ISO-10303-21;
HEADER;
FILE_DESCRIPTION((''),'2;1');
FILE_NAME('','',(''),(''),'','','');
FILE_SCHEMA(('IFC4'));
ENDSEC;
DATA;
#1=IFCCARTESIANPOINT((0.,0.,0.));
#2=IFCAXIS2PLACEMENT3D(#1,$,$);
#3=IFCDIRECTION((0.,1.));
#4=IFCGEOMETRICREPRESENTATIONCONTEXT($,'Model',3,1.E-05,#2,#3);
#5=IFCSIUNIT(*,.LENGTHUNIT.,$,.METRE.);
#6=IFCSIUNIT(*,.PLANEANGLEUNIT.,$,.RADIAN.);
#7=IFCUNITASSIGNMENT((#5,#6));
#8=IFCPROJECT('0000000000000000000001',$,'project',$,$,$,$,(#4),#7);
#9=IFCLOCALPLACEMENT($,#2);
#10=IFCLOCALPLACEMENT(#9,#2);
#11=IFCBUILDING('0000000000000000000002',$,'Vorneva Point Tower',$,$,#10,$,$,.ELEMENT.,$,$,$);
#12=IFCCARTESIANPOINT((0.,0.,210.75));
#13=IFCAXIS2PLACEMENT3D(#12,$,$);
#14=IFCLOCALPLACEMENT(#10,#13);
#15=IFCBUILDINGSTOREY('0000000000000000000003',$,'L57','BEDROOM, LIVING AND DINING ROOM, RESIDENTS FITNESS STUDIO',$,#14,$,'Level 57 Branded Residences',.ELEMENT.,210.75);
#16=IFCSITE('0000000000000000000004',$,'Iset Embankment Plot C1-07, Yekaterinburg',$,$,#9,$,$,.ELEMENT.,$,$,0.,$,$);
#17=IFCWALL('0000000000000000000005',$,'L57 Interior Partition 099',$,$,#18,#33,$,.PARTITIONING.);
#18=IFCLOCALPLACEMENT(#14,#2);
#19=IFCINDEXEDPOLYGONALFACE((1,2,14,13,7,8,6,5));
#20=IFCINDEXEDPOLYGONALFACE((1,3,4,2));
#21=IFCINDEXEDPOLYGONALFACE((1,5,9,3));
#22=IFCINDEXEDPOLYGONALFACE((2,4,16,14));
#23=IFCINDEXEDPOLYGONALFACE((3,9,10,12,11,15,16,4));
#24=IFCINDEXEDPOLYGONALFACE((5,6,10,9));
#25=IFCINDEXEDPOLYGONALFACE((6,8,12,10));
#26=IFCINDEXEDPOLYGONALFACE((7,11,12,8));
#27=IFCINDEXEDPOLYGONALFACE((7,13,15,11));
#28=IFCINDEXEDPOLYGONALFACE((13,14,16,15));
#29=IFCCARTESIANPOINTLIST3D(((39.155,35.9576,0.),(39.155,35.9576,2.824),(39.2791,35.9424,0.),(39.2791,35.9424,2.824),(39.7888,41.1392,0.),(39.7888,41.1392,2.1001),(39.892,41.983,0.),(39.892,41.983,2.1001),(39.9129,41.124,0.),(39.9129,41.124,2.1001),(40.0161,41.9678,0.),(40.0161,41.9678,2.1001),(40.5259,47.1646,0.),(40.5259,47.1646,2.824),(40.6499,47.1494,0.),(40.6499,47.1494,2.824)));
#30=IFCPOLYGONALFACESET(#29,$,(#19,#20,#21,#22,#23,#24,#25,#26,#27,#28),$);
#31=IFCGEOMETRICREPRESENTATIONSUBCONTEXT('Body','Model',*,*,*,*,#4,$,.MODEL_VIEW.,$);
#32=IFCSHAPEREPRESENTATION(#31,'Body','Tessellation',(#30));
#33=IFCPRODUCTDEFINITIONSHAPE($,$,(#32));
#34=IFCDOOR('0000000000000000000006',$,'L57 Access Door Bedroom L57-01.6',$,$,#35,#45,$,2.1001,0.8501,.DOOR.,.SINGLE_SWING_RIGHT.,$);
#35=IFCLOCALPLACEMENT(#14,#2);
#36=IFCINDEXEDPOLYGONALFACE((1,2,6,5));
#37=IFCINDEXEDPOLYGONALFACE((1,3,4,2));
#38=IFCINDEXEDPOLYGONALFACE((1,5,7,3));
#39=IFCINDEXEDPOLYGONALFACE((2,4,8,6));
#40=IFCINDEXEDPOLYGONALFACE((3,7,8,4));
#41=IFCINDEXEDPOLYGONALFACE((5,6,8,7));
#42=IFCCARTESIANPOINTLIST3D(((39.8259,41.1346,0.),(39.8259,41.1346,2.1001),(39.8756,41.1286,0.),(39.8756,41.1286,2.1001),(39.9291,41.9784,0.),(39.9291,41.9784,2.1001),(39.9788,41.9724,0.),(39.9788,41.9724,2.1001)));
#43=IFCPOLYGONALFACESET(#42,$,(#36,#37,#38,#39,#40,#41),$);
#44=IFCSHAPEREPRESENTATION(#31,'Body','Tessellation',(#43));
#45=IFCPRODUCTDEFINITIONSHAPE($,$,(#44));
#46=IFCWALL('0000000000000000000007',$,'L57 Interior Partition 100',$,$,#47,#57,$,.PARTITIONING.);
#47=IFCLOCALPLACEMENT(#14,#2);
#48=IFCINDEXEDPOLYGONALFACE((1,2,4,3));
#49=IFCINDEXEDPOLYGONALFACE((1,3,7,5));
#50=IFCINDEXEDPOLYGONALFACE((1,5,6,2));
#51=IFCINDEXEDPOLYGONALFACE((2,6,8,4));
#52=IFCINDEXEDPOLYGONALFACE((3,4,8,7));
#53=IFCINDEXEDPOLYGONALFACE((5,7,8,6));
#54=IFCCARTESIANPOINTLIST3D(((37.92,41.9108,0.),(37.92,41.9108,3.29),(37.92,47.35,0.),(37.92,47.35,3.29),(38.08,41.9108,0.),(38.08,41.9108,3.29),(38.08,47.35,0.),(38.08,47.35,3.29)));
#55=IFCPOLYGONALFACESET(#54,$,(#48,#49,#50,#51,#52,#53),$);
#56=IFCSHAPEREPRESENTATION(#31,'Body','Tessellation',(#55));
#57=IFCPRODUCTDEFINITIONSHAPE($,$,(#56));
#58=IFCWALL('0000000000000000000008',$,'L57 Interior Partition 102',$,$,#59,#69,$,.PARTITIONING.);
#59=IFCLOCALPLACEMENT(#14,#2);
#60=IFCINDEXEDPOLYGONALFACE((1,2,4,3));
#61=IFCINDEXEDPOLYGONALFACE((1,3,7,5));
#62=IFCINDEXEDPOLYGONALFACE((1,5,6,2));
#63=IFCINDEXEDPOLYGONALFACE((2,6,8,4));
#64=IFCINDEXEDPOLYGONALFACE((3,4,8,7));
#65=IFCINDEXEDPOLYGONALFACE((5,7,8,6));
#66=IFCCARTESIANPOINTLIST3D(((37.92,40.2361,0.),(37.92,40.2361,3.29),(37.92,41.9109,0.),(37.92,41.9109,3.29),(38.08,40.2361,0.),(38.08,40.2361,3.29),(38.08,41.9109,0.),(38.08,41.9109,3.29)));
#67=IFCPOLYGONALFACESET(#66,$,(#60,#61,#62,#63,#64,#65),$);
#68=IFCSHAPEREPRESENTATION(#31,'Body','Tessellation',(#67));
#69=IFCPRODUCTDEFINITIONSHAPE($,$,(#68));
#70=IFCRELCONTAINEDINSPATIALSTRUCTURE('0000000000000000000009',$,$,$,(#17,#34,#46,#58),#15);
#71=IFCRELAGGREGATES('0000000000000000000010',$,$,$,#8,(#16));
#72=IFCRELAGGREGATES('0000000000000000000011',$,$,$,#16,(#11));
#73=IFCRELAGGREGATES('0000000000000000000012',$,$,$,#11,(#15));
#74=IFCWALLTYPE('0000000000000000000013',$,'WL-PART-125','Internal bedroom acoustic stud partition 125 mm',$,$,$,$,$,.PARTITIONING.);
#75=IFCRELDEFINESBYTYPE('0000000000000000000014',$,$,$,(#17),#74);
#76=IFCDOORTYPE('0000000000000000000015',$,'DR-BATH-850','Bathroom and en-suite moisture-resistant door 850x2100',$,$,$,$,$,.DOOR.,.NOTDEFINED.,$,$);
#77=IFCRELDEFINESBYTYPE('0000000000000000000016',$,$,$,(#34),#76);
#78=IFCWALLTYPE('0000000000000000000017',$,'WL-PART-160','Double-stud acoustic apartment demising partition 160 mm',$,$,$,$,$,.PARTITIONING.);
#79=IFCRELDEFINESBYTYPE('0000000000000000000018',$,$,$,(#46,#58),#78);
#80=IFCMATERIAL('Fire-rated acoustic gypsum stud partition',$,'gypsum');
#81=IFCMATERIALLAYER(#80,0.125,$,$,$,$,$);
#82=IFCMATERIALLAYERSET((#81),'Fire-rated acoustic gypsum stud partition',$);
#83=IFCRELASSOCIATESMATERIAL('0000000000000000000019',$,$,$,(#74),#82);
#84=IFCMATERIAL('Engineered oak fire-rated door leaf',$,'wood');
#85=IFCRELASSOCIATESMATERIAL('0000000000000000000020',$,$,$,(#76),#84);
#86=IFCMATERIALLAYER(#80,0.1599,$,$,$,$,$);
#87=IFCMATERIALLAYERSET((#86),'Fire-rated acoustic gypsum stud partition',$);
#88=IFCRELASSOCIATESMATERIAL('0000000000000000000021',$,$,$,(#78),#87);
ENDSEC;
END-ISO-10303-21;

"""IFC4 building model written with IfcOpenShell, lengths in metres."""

from ifc_helpers import new_model, si_unit, direction, frame, frame_2d, origin, place, context, subcontext, project, spatial, rectangle, extrude, material, layer, layer_set, type_object, element, fill, save


model = new_model("IFC4")

# Units and contexts
model_context = context("Model", 3, precision=1e-05, world=origin(), true_north=direction((0.0, 1.0)))
body_context = subcontext(model_context, "Body", "Model", "MODEL_VIEW")
ifc_project = project(units=[si_unit("LENGTHUNIT", "METRE"), si_unit("PLANEANGLEUNIT", "RADIAN")], contexts=[model_context])

# Site, building, storey
site_placement = place(None, origin())
site = spatial("IfcSite", under=ifc_project, at=site_placement, Name="Iset Embankment Plot C1-07, Yekaterinburg", CompositionType="ELEMENT", RefElevation=0.0)
building_placement = place(site_placement, origin())
building = spatial("IfcBuilding", under=site, at=building_placement, Name="Vorneva Point Tower", CompositionType="ELEMENT")
storey_placement = place(building_placement, frame((0.0, 0.0, 210.75)))
storey = spatial("IfcBuildingStorey", under=building, at=storey_placement, Name="L57", Description="BEDROOM, LIVING AND DINING ROOM, RESIDENTS FITNESS STUDIO", LongName="Level 57 Branded Residences", CompositionType="ELEMENT", Elevation=210.75)

# Shared definitions
ifc_material_1 = material(Name="Fire-rated acoustic gypsum stud partition", Category="gypsum")
ifc_layer_1 = layer(ifc_material_1, 0.125)
ifc_layer_set_1 = layer_set([ifc_layer_1], Name="Fire-rated acoustic gypsum stud partition")
wall_type_1 = type_object("IfcWallType", Name="WL-PART-125", Description="Internal bedroom acoustic stud partition 125 mm", PredefinedType="PARTITIONING", material=ifc_layer_set_1)

# Wall, opening, door
wall_1_placement = place(storey_placement, frame((40.5879, 47.157, 0.0), z_axis=(0.0, 0.0, 1.0), x_axis=(-0.121416, -0.992602, 0.0)))
wall_1 = element("IfcWall", 1, at=wall_1_placement, inside=storey, type_object=wall_type_1, Name="L57 Interior Partition 099", PredefinedType="PARTITIONING", context=body_context, shape_type="SweptSolid", body=[
    extrude(rectangle(XDim=11.2905, YDim=0.125, at=frame_2d((5.6453, 0.0))), origin(), (0.0, 0.0, 1.0), 2.824),
])
opening_placement = place(wall_1_placement, frame((5.2202, 0.0, 0.0)))
opening = element("IfcOpeningElement", 2, at=opening_placement, cuts=wall_1, PredefinedType="OPENING", context=body_context, shape_type="SweptSolid", body=[
    extrude(rectangle(XDim=0.8501, YDim=2.1001, at=frame_2d((0.425, 1.05))), frame((0.0, 0.0774, 0.0), z_axis=(0.0, -1.0, 0.0), x_axis=(1.0, 0.0, 0.0)), (0.0, 0.0, 1.0), 0.1548),
])
ifc_material_2 = material(Name="Engineered oak fire-rated door leaf", Category="wood")
door_type = type_object("IfcDoorType", Name="DR-BATH-850", Description="Bathroom and en-suite moisture-resistant door 850x2100", OperationType="NOTDEFINED", PredefinedType="DOOR", material=ifc_material_2)
door_placement = place(opening_placement, origin())
door = element("IfcDoor", 3, at=door_placement, inside=storey, type_object=door_type, Name="L57 Access Door Bedroom L57-01.6", OperationType="SINGLE_SWING_RIGHT", OverallHeight=2.1001, OverallWidth=0.8501, PredefinedType="DOOR", context=body_context, shape_type="SweptSolid", body=[
    extrude(rectangle(XDim=0.8501, YDim=2.1001, at=frame_2d((0.425, 1.05))), frame((0.0, 0.0249, 0.0), z_axis=(0.0, -1.0, 0.0), x_axis=(1.0, 0.0, 0.0)), (0.0, 0.0, 1.0), 0.05),
])
fill(opening, door)

# Walls
ifc_layer_2 = layer(ifc_material_1, 0.1599)
ifc_layer_set_2 = layer_set([ifc_layer_2], Name="Fire-rated acoustic gypsum stud partition")
wall_type_2 = type_object("IfcWallType", Name="WL-PART-160", Description="Double-stud acoustic apartment demising partition 160 mm", PredefinedType="PARTITIONING", material=ifc_layer_set_2)
wall_2_placement = place(storey_placement, frame((38.0, 47.3501, 0.0), z_axis=(0.0, 0.0, 1.0), x_axis=(0.0, -1.0, 0.0)))
element("IfcWall", 4, at=wall_2_placement, inside=storey, type_object=wall_type_2, Name="L57 Interior Partition 100", PredefinedType="PARTITIONING", context=body_context, shape_type="SweptSolid", body=[
    extrude(rectangle(XDim=5.4392, YDim=0.1599, at=frame_2d((2.7197, 0.0))), origin(), (0.0, 0.0, 1.0), 3.29),
])
wall_3_placement = place(storey_placement, frame((38.0, 41.9109, 0.0), z_axis=(0.0, 0.0, 1.0), x_axis=(0.0, -1.0, 0.0)))
element("IfcWall", 5, at=wall_3_placement, inside=storey, type_object=wall_type_2, Name="L57 Interior Partition 102", PredefinedType="PARTITIONING", context=body_context, shape_type="SweptSolid", body=[
    extrude(rectangle(XDim=1.6748, YDim=0.1599, at=frame_2d((0.8374, 0.0))), origin(), (0.0, 0.0, 1.0), 3.29),
])

save(model, "model.ifc")
